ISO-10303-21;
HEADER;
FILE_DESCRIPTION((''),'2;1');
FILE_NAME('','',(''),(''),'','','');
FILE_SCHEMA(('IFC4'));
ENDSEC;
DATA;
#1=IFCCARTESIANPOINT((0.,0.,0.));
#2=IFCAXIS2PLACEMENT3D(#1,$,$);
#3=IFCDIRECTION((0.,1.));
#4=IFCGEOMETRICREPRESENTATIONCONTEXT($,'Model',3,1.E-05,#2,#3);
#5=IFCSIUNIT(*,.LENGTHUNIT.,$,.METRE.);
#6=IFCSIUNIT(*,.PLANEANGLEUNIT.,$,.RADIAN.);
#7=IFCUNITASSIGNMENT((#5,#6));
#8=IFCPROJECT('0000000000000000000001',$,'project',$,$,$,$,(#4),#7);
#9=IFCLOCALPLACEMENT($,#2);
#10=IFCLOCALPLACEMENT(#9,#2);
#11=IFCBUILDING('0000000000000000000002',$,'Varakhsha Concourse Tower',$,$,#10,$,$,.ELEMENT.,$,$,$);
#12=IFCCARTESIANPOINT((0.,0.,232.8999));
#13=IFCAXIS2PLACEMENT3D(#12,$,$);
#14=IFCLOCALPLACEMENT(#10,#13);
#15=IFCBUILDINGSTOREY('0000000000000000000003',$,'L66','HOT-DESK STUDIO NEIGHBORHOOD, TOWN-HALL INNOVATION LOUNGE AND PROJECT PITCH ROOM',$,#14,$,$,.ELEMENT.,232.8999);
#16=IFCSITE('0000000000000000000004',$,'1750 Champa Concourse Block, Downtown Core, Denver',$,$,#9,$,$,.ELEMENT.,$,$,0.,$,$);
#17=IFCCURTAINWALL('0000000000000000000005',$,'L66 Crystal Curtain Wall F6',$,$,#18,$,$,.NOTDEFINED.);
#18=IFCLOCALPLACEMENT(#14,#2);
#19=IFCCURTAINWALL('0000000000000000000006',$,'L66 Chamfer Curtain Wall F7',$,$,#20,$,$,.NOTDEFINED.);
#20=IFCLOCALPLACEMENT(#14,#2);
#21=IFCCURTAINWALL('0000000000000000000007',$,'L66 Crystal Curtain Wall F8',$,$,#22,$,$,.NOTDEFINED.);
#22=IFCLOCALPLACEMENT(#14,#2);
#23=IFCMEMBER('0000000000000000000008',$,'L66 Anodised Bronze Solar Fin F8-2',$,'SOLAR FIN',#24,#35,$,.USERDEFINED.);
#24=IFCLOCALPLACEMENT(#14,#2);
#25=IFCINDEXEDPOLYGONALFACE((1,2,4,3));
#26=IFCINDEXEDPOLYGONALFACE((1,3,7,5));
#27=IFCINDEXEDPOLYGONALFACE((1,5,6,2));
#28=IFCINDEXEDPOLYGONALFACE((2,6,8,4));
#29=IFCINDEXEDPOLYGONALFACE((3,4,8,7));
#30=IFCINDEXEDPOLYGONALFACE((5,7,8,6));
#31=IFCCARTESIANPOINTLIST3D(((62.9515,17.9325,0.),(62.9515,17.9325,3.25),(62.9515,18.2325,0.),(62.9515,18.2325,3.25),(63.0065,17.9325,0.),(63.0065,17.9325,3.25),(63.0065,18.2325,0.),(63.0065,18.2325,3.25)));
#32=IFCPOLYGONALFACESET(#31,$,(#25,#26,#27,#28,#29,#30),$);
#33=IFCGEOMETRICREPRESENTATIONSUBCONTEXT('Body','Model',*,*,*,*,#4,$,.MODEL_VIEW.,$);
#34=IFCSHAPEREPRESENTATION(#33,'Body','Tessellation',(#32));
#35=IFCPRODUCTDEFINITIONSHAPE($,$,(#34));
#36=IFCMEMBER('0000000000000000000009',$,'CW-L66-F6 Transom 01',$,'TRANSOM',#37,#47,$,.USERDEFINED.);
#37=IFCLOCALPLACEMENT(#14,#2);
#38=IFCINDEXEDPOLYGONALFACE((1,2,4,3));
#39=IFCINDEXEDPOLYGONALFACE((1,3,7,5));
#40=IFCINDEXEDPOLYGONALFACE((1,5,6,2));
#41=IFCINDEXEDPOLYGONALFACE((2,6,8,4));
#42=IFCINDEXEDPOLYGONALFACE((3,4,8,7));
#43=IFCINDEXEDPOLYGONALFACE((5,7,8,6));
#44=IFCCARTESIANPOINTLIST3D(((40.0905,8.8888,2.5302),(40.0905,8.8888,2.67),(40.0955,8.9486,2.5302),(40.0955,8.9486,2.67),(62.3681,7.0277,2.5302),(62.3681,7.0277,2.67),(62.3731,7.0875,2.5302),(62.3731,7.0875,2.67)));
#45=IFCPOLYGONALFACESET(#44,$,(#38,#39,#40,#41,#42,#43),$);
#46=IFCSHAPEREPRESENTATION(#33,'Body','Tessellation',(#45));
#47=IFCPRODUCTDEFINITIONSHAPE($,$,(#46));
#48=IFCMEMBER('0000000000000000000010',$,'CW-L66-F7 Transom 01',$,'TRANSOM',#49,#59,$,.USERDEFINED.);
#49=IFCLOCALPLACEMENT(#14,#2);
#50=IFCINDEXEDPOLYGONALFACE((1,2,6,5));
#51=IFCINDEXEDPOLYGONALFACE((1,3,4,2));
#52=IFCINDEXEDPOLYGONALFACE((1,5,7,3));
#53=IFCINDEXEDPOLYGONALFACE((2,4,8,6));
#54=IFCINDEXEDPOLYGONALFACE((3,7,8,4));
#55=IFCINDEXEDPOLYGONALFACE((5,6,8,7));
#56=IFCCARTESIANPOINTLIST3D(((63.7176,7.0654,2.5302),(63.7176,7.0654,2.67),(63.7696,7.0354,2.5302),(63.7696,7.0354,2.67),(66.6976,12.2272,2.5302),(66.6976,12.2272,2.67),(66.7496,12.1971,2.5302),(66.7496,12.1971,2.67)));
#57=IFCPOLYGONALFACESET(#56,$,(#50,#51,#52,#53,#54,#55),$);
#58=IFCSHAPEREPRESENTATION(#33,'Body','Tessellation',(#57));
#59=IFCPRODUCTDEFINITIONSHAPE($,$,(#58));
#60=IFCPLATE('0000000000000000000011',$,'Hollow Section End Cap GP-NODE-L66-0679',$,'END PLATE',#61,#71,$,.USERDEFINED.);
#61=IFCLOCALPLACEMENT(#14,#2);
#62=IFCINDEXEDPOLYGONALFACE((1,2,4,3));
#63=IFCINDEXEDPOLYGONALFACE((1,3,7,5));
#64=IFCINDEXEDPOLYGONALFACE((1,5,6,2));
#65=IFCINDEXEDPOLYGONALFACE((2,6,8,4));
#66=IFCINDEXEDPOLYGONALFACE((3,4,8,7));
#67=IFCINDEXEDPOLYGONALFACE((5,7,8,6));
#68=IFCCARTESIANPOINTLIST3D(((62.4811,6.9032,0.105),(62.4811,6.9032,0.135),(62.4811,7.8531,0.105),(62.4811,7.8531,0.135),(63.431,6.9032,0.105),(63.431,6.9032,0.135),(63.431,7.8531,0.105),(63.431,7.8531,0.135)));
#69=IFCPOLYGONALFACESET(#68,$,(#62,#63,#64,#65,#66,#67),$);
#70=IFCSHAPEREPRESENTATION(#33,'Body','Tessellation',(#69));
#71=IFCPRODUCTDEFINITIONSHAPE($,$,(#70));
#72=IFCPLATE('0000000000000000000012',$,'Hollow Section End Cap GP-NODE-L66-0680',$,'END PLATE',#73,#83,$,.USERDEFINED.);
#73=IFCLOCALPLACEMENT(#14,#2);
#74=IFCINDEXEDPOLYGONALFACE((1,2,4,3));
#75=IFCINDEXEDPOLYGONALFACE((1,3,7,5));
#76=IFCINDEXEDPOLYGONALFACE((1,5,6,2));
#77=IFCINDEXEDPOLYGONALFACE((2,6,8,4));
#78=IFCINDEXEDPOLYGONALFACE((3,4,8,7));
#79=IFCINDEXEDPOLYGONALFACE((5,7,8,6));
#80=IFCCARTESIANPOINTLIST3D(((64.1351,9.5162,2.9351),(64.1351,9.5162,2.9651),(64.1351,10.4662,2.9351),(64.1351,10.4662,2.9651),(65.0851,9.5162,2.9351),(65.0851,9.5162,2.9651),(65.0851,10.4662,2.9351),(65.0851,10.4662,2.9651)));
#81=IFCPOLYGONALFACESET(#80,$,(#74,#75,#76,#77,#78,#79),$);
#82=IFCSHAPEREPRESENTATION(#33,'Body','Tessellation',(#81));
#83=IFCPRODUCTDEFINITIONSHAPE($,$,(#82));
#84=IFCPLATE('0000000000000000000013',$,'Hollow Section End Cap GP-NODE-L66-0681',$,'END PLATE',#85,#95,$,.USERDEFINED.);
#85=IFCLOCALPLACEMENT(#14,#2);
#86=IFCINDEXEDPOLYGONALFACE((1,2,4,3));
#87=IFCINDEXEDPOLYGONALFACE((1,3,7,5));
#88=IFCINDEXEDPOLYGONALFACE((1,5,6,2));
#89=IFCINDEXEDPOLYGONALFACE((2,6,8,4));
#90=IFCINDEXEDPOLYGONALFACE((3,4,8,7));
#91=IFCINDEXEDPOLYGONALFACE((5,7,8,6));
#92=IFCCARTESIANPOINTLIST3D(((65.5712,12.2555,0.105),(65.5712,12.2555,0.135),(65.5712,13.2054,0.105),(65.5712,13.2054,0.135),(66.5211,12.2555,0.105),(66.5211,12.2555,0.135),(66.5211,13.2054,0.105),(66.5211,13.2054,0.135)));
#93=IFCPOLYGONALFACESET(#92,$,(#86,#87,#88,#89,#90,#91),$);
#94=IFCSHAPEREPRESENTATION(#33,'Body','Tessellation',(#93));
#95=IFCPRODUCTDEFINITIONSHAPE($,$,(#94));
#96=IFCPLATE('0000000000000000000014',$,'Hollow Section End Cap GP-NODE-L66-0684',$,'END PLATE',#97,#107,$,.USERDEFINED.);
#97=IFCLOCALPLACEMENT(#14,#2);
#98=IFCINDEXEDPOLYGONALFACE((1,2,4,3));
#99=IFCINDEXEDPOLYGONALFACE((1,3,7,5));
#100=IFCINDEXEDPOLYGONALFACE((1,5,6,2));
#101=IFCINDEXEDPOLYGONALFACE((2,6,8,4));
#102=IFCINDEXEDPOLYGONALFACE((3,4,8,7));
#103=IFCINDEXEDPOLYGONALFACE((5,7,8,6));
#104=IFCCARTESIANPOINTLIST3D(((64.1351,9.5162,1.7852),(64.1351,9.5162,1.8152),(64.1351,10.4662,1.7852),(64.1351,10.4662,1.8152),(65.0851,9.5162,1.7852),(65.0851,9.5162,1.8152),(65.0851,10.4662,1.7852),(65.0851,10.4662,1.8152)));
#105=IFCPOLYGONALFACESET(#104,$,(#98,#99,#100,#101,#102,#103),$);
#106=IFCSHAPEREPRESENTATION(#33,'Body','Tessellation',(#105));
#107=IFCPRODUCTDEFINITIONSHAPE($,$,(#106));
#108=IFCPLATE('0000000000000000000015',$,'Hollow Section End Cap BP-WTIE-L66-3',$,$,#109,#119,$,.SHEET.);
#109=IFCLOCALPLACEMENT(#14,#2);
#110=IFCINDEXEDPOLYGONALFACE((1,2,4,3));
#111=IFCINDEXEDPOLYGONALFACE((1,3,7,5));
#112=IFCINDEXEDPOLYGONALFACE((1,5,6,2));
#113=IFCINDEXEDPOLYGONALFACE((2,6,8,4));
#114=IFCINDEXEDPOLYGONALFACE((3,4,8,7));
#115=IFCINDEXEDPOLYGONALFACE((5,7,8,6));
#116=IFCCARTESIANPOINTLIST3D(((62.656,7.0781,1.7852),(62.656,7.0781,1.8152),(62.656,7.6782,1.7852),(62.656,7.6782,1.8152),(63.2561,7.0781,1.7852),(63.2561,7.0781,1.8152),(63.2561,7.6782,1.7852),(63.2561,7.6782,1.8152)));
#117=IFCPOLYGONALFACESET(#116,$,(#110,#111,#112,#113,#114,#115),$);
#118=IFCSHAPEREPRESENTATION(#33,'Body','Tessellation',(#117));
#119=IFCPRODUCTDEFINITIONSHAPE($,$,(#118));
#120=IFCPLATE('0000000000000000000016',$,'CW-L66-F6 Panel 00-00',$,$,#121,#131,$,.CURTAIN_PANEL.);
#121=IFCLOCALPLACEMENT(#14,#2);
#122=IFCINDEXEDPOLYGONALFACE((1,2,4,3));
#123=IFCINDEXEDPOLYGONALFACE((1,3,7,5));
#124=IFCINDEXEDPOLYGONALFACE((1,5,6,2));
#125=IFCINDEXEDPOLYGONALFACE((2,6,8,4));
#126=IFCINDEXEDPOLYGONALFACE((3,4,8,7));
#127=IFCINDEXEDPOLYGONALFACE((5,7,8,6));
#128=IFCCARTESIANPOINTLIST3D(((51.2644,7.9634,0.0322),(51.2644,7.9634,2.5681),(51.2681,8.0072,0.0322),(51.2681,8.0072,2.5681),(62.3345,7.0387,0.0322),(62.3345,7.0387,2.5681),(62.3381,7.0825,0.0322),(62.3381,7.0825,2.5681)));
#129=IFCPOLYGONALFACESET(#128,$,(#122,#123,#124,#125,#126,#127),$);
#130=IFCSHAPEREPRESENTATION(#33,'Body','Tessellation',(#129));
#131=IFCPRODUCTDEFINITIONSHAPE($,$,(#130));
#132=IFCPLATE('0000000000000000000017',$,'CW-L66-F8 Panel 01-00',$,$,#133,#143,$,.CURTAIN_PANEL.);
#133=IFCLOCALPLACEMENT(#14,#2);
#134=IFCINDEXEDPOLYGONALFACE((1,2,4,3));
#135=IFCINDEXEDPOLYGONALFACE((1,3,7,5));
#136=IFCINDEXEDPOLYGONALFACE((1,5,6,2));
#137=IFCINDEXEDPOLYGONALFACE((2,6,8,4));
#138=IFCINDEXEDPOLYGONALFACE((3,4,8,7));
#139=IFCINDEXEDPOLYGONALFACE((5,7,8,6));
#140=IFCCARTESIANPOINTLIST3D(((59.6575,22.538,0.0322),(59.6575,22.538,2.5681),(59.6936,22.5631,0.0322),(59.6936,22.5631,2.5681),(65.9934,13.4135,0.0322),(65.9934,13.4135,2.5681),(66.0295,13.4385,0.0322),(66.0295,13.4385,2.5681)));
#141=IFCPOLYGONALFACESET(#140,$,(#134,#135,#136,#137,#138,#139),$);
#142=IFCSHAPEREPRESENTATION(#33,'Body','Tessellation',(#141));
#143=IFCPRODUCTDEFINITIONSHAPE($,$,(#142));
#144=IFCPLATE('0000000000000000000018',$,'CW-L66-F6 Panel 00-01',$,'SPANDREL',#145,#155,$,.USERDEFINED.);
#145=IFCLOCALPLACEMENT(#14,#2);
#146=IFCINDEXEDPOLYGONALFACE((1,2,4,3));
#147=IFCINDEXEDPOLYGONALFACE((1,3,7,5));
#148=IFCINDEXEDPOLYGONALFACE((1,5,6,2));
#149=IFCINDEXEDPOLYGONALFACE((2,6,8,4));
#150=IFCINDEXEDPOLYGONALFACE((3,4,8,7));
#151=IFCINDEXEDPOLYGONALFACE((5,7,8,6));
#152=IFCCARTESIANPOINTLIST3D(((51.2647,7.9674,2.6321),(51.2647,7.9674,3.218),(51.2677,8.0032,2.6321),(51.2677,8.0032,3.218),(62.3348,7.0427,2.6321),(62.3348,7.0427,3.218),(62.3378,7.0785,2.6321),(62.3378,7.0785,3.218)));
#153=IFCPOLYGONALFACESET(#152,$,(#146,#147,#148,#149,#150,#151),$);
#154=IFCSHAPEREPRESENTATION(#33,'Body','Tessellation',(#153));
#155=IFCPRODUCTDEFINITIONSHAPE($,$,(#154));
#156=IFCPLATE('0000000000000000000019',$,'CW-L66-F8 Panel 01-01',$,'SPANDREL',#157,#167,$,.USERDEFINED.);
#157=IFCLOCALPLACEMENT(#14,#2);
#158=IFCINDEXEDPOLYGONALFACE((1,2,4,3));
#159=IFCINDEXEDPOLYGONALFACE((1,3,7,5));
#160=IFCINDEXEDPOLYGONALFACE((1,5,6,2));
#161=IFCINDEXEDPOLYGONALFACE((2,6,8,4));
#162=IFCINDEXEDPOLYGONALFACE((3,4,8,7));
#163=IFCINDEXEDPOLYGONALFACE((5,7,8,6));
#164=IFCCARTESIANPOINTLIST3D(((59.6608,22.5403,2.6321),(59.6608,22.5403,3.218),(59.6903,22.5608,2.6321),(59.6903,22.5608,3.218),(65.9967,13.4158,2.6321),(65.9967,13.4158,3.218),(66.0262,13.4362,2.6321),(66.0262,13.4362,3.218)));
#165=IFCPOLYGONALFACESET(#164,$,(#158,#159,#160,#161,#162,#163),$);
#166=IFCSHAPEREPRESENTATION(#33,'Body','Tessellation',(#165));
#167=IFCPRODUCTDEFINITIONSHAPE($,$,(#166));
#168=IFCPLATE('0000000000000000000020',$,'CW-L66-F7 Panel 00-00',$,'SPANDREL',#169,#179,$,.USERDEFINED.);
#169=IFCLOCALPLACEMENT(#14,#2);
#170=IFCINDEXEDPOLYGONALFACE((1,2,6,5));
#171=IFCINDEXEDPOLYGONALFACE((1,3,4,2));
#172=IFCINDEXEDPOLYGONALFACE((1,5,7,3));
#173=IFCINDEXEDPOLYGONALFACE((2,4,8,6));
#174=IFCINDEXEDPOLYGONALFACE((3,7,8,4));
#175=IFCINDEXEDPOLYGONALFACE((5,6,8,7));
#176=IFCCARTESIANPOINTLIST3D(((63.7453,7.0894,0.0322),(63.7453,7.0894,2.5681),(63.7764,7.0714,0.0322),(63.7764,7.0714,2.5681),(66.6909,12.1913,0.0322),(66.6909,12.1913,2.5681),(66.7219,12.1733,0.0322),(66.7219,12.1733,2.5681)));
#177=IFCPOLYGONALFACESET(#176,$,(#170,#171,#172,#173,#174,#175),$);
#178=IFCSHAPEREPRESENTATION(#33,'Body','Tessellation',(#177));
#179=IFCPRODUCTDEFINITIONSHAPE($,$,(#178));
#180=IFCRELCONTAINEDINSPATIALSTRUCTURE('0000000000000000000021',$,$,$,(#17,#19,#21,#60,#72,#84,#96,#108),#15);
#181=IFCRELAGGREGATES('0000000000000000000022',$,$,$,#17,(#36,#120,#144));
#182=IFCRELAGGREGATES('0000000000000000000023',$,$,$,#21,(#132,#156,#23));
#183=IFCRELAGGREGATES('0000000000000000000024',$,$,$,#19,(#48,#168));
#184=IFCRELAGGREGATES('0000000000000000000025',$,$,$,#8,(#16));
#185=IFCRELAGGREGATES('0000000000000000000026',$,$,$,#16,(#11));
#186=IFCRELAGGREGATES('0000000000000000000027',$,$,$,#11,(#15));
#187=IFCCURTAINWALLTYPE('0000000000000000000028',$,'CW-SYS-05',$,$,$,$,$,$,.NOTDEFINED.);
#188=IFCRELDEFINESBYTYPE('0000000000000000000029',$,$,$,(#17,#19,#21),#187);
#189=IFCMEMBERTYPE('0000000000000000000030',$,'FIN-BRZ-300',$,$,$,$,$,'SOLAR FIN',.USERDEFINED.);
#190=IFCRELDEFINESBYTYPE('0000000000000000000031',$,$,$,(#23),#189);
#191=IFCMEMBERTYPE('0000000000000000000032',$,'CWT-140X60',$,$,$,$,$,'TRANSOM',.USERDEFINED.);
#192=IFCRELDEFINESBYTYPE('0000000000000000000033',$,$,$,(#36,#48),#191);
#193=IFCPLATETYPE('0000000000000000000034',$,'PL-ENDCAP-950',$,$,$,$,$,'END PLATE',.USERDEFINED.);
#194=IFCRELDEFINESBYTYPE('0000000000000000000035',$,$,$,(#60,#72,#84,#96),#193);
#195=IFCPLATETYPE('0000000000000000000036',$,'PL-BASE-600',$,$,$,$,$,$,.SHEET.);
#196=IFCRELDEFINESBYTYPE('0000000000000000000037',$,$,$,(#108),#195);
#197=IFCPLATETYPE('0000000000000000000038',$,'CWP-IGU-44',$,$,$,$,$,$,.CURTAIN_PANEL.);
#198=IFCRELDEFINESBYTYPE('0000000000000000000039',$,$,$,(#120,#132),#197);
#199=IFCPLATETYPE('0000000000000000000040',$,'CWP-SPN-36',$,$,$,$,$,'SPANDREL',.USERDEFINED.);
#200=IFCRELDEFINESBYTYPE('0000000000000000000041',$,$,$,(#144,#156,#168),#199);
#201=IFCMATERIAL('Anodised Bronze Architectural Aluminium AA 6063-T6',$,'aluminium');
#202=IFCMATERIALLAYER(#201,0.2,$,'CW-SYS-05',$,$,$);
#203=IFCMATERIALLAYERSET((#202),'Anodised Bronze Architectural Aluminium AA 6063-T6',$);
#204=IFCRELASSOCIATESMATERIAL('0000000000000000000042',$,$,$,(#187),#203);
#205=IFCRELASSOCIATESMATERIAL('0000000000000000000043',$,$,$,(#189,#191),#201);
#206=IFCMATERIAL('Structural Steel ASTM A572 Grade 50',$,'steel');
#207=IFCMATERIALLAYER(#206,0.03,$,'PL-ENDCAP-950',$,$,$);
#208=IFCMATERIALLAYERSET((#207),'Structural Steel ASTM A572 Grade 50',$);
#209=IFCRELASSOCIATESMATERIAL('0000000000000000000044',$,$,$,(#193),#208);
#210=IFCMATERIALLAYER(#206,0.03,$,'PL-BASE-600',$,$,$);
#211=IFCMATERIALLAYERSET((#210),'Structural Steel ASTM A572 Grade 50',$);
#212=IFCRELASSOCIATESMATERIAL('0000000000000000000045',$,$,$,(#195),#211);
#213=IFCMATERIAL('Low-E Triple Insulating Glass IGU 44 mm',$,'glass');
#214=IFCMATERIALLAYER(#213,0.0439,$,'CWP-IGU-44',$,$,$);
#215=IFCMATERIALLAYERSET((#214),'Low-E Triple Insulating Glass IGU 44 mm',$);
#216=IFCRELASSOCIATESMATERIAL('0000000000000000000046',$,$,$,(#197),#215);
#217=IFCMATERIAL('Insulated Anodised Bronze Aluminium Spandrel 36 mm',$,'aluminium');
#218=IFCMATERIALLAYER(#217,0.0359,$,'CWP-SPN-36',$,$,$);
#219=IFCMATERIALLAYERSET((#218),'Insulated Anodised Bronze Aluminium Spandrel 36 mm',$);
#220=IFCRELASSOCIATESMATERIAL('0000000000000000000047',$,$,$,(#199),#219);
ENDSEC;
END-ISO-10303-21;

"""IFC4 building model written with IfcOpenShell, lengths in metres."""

from ifc_helpers import new_model, si_unit, direction, frame, origin, origin_2d, place, context, subcontext, project, spatial, rectangle, extrude, source, transform, mapped, material, layer, layer_set, material_profile, profile_set, type_object, type_shapes, element, aggregate, save


model = new_model("IFC4")

# Units and contexts
model_context = context("Model", 3, precision=1e-05, world=origin(), true_north=direction((0.0, 1.0)))
body_context = subcontext(model_context, "Body", "Model", "MODEL_VIEW")
ifc_project = project(units=[si_unit("LENGTHUNIT", "METRE"), si_unit("PLANEANGLEUNIT", "RADIAN")], contexts=[model_context])

# Site, building, storey
site_placement = place(None, origin())
site = spatial("IfcSite", under=ifc_project, at=site_placement, Name="1750 Champa Concourse Block, Downtown Core, Denver", CompositionType="ELEMENT", RefElevation=0.0)
building_placement = place(site_placement, origin())
building = spatial("IfcBuilding", under=site, at=building_placement, Name="Varakhsha Concourse Tower", CompositionType="ELEMENT")
storey_placement = place(building_placement, frame((0.0, 0.0, 232.8999)))
storey = spatial("IfcBuildingStorey", under=building, at=storey_placement, Name="L66", Description="HOT-DESK STUDIO NEIGHBORHOOD, TOWN-HALL INNOVATION LOUNGE AND PROJECT PITCH ROOM", CompositionType="ELEMENT", Elevation=232.8999)

# Shared definitions
ifc_material_1 = material(Name="Structural Steel ASTM A572 Grade 50", Category="steel")

# Curtain wall
ifc_material_2 = material(Name="Anodised Bronze Architectural Aluminium AA 6063-T6", Category="aluminium")
ifc_layer_1 = layer(ifc_material_2, 0.2, Name="CW-SYS-05")
ifc_layer_set_1 = layer_set([ifc_layer_1], Name="Anodised Bronze Architectural Aluminium AA 6063-T6")
curtain_wall_type = type_object("IfcCurtainWallType", Name="CW-SYS-05", PredefinedType="NOTDEFINED", material=ifc_layer_set_1)
curtain_wall_1_placement = place(storey_placement, origin())
curtain_wall_1 = element("IfcCurtainWall", 1, at=curtain_wall_1_placement, inside=storey, type_object=curtain_wall_type, Name="L66 Crystal Curtain Wall F6", PredefinedType="NOTDEFINED")

# Curtain wall
curtain_wall_2_placement = place(storey_placement, origin())
curtain_wall_2 = element("IfcCurtainWall", 2, at=curtain_wall_2_placement, inside=storey, type_object=curtain_wall_type, Name="L66 Chamfer Curtain Wall F7", PredefinedType="NOTDEFINED")

# Curtain wall
curtain_wall_3_placement = place(storey_placement, origin())
curtain_wall_3 = element("IfcCurtainWall", 3, at=curtain_wall_3_placement, inside=storey, type_object=curtain_wall_type, Name="L66 Crystal Curtain Wall F8", PredefinedType="NOTDEFINED")

# Members
ifc_material_profile_1 = material_profile(ifc_material_2, rectangle(XDim=0.0549, YDim=0.3, at=origin_2d()), Name="FIN-BRZ-300")
ifc_profile_set_1 = profile_set([ifc_material_profile_1], Name="Anodised Bronze Architectural Aluminium AA 6063-T6")
member_type_1 = type_object("IfcMemberType", Name="FIN-BRZ-300", ElementType="SOLAR FIN", PredefinedType="USERDEFINED", material=ifc_profile_set_1)
shared_shape_1 = source(origin(), body_context, "Body", "SweptSolid", [
    extrude(rectangle(XDim=0.0549, YDim=0.3, at=origin_2d()), origin(), (0.0, 0.0, 1.0), 3.25),
])
type_shapes(member_type_1, [shared_shape_1])
member_1_placement = place(storey_placement, frame((62.979, 18.0825, 0.0), z_axis=(0.0, 0.0, 1.0), x_axis=(1.0, 0.0, 0.0)))
member_1 = element("IfcMember", 4, at=member_1_placement, type_object=member_type_1, Name="L66 Anodised Bronze Solar Fin F8-2", ObjectType="SOLAR FIN", PredefinedType="USERDEFINED", context=body_context, shape_type="MappedRepresentation", body=[
    mapped(shared_shape_1, transform((0.0, 0.0, 0.0), scale=1.0)),
])
ifc_material_profile_2 = material_profile(ifc_material_2, rectangle(XDim=0.0601, YDim=0.1399, at=origin_2d()), Name="CWT-140X60")
ifc_profile_set_2 = profile_set([ifc_material_profile_2], Name="Anodised Bronze Architectural Aluminium AA 6063-T6")
member_type_2 = type_object("IfcMemberType", Name="CWT-140X60", ElementType="TRANSOM", PredefinedType="USERDEFINED", material=ifc_profile_set_2)
shared_shape_2 = source(origin(), body_context, "Body", "SweptSolid", [
    extrude(rectangle(XDim=0.0601, YDim=0.1399, at=origin_2d()), origin(), (0.0, 0.0, 1.0), 22.3552),
])
member_2_placement = place(storey_placement, frame((62.3706, 7.0576, 2.6001), z_axis=(-0.996529, 0.083251, 0.0), x_axis=(-0.083251, -0.996529, 0.0)))
member_2 = element("IfcMember", 5, at=member_2_placement, type_object=member_type_2, Name="CW-L66-F6 Transom 01", ObjectType="TRANSOM", PredefinedType="USERDEFINED", context=body_context, shape_type="MappedRepresentation", body=[
    mapped(shared_shape_2, transform((0.0, 0.0, 0.0), scale=1.0)),
])
shared_shape_3 = source(origin(), body_context, "Body", "SweptSolid", [
    extrude(rectangle(XDim=0.0601, YDim=0.1399, at=origin_2d()), origin(), (0.0, 0.0, 1.0), 5.9602),
])
type_shapes(member_type_2, [shared_shape_2, shared_shape_3])
member_3_placement = place(storey_placement, frame((66.7236, 12.2122, 2.6001), z_axis=(-0.49999, -0.866031, 0.0), x_axis=(0.866031, -0.49999, 0.0)))
member_3 = element("IfcMember", 6, at=member_3_placement, type_object=member_type_2, Name="CW-L66-F7 Transom 01", ObjectType="TRANSOM", PredefinedType="USERDEFINED", context=body_context, shape_type="MappedRepresentation", body=[
    mapped(shared_shape_3, transform((0.0, 0.0, 0.0), scale=1.0)),
])

# Plates
ifc_layer_2 = layer(ifc_material_1, 0.03, Name="PL-ENDCAP-950")
ifc_layer_set_2 = layer_set([ifc_layer_2], Name="Structural Steel ASTM A572 Grade 50")
plate_type_1 = type_object("IfcPlateType", Name="PL-ENDCAP-950", ElementType="END PLATE", PredefinedType="USERDEFINED", material=ifc_layer_set_2)
shared_shape_4 = source(origin(), body_context, "Body", "SweptSolid", [
    extrude(rectangle(XDim=0.95, YDim=0.95, at=origin_2d()), origin(), (0.0, 0.0, 1.0), 0.03),
])
type_shapes(plate_type_1, [shared_shape_4])
for number, where, z_axis, x_axis, name in (
    (7, (62.9561, 7.3782, 0.105), (0.0, 0.0, 1.0), (1.0, 0.0, 0.0), "Hollow Section End Cap GP-NODE-L66-0679"),
    (8, (64.6101, 9.9912, 2.9351), (0.0, 0.0, 1.0), (1.0, 0.0, 0.0), "Hollow Section End Cap GP-NODE-L66-0680"),
    (9, (66.0461, 12.7305, 0.105), (0.0, 0.0, 1.0), (1.0, 0.0, 0.0), "Hollow Section End Cap GP-NODE-L66-0681"),
    (10, (64.6101, 9.9912, 1.7852), (0.0, 0.0, 1.0), (1.0, 0.0, 0.0), "Hollow Section End Cap GP-NODE-L66-0684"),
):
    element("IfcPlate", number, at=place(storey_placement, frame(where, z_axis=z_axis, x_axis=x_axis)), inside=storey, type_object=plate_type_1, Name=name, ObjectType="END PLATE", PredefinedType="USERDEFINED", context=body_context, shape_type="MappedRepresentation", body=[
        mapped(shared_shape_4, transform((0.0, 0.0, 0.0), scale=1.0)),
    ])
ifc_layer_3 = layer(ifc_material_1, 0.03, Name="PL-BASE-600")
ifc_layer_set_3 = layer_set([ifc_layer_3], Name="Structural Steel ASTM A572 Grade 50")
plate_type_2 = type_object("IfcPlateType", Name="PL-BASE-600", PredefinedType="SHEET", material=ifc_layer_set_3)
shared_shape_5 = source(origin(), body_context, "Body", "SweptSolid", [
    extrude(rectangle(XDim=0.6001, YDim=0.6001, at=origin_2d()), origin(), (0.0, 0.0, 1.0), 0.03),
])
type_shapes(plate_type_2, [shared_shape_5])
plate_1_placement = place(storey_placement, frame((62.9561, 7.3782, 1.7852), z_axis=(0.0, 0.0, 1.0), x_axis=(1.0, 0.0, 0.0)))
element("IfcPlate", 11, at=plate_1_placement, inside=storey, type_object=plate_type_2, Name="Hollow Section End Cap BP-WTIE-L66-3", PredefinedType="SHEET", context=body_context, shape_type="MappedRepresentation", body=[
    mapped(shared_shape_5, transform((0.0, 0.0, 0.0), scale=1.0)),
])

# Plates
ifc_material_3 = material(Name="Low-E Triple Insulating Glass IGU 44 mm", Category="glass")
ifc_layer_4 = layer(ifc_material_3, 0.0439, Name="CWP-IGU-44")
ifc_layer_set_4 = layer_set([ifc_layer_4], Name="Low-E Triple Insulating Glass IGU 44 mm")
plate_type_3 = type_object("IfcPlateType", Name="CWP-IGU-44", PredefinedType="CURTAIN_PANEL", material=ifc_layer_set_4)
shared_shape_6 = source(origin(), body_context, "Body", "SweptSolid", [
    extrude(rectangle(XDim=11.1086, YDim=0.0439, at=origin_2d()), origin(), (0.0, 0.0, 1.0), 2.5359),
])
type_shapes(plate_type_3, [shared_shape_6])
plate_2_placement = place(storey_placement, frame((56.8013, 7.5229, 0.0322), z_axis=(0.0, 0.0, 1.0), x_axis=(-0.996529, 0.083247, 0.0)))
plate_2 = element("IfcPlate", 12, at=plate_2_placement, type_object=plate_type_3, Name="CW-L66-F6 Panel 00-00", PredefinedType="CURTAIN_PANEL", context=body_context, shape_type="MappedRepresentation", body=[
    mapped(shared_shape_6, transform((0.0, 0.0, 0.0), scale=1.0)),
])
plate_3_placement = place(storey_placement, frame((62.8435, 17.9883, 0.0322), z_axis=(0.0, 0.0, 1.0), x_axis=(0.570361, -0.821394, 0.0)))
plate_3 = element("IfcPlate", 13, at=plate_3_placement, type_object=plate_type_3, Name="CW-L66-F8 Panel 01-00", PredefinedType="CURTAIN_PANEL", context=body_context, shape_type="MappedRepresentation", body=[
    mapped(shared_shape_6, transform((0.0, 0.0, 0.0), scale=1.0)),
])
ifc_material_4 = material(Name="Insulated Anodised Bronze Aluminium Spandrel 36 mm", Category="aluminium")
ifc_layer_5 = layer(ifc_material_4, 0.0359, Name="CWP-SPN-36")
ifc_layer_set_5 = layer_set([ifc_layer_5], Name="Insulated Anodised Bronze Aluminium Spandrel 36 mm")
plate_type_4 = type_object("IfcPlateType", Name="CWP-SPN-36", ElementType="SPANDREL", PredefinedType="USERDEFINED", material=ifc_layer_set_5)
shared_shape_7 = source(origin(), body_context, "Body", "SweptSolid", [
    extrude(rectangle(XDim=11.1086, YDim=0.0359, at=origin_2d()), origin(), (0.0, 0.0, 1.0), 0.5859),
])
plate_4_placement = place(storey_placement, frame((56.8013, 7.5229, 2.6321), z_axis=(0.0, 0.0, 1.0), x_axis=(-0.996529, 0.083247, 0.0)))
plate_4 = element("IfcPlate", 14, at=plate_4_placement, type_object=plate_type_4, Name="CW-L66-F6 Panel 00-01", ObjectType="SPANDREL", PredefinedType="USERDEFINED", context=body_context, shape_type="MappedRepresentation", body=[
    mapped(shared_shape_7, transform((0.0, 0.0, 0.0), scale=1.0)),
])
aggregate(curtain_wall_1, [member_2, plate_2, plate_4])
plate_5_placement = place(storey_placement, frame((62.8435, 17.9883, 2.6321), z_axis=(0.0, 0.0, 1.0), x_axis=(0.570361, -0.821394, 0.0)))
plate_5 = element("IfcPlate", 15, at=plate_5_placement, type_object=plate_type_4, Name="CW-L66-F8 Panel 01-01", ObjectType="SPANDREL", PredefinedType="USERDEFINED", context=body_context, shape_type="MappedRepresentation", body=[
    mapped(shared_shape_7, transform((0.0, 0.0, 0.0), scale=1.0)),
])
aggregate(curtain_wall_3, [plate_3, plate_5, member_1])
shared_shape_8 = source(origin(), body_context, "Body", "SweptSolid", [
    extrude(rectangle(XDim=5.8911, YDim=0.0359, at=origin_2d()), origin(), (0.0, 0.0, 1.0), 2.5359),
])
plate_6_placement = place(storey_placement, frame((65.2336, 9.6313, 0.0322), z_axis=(0.0, 0.0, 1.0), x_axis=(-0.499994, -0.866029, 0.0)))
plate_6 = element("IfcPlate", 16, at=plate_6_placement, type_object=plate_type_4, Name="CW-L66-F7 Panel 00-00", ObjectType="SPANDREL", PredefinedType="USERDEFINED", context=body_context, shape_type="MappedRepresentation", body=[
    mapped(shared_shape_8, transform((0.0, 0.0, 0.0), scale=1.0)),
])
aggregate(curtain_wall_2, [member_3, plate_6])

save(model, "model.ifc")
